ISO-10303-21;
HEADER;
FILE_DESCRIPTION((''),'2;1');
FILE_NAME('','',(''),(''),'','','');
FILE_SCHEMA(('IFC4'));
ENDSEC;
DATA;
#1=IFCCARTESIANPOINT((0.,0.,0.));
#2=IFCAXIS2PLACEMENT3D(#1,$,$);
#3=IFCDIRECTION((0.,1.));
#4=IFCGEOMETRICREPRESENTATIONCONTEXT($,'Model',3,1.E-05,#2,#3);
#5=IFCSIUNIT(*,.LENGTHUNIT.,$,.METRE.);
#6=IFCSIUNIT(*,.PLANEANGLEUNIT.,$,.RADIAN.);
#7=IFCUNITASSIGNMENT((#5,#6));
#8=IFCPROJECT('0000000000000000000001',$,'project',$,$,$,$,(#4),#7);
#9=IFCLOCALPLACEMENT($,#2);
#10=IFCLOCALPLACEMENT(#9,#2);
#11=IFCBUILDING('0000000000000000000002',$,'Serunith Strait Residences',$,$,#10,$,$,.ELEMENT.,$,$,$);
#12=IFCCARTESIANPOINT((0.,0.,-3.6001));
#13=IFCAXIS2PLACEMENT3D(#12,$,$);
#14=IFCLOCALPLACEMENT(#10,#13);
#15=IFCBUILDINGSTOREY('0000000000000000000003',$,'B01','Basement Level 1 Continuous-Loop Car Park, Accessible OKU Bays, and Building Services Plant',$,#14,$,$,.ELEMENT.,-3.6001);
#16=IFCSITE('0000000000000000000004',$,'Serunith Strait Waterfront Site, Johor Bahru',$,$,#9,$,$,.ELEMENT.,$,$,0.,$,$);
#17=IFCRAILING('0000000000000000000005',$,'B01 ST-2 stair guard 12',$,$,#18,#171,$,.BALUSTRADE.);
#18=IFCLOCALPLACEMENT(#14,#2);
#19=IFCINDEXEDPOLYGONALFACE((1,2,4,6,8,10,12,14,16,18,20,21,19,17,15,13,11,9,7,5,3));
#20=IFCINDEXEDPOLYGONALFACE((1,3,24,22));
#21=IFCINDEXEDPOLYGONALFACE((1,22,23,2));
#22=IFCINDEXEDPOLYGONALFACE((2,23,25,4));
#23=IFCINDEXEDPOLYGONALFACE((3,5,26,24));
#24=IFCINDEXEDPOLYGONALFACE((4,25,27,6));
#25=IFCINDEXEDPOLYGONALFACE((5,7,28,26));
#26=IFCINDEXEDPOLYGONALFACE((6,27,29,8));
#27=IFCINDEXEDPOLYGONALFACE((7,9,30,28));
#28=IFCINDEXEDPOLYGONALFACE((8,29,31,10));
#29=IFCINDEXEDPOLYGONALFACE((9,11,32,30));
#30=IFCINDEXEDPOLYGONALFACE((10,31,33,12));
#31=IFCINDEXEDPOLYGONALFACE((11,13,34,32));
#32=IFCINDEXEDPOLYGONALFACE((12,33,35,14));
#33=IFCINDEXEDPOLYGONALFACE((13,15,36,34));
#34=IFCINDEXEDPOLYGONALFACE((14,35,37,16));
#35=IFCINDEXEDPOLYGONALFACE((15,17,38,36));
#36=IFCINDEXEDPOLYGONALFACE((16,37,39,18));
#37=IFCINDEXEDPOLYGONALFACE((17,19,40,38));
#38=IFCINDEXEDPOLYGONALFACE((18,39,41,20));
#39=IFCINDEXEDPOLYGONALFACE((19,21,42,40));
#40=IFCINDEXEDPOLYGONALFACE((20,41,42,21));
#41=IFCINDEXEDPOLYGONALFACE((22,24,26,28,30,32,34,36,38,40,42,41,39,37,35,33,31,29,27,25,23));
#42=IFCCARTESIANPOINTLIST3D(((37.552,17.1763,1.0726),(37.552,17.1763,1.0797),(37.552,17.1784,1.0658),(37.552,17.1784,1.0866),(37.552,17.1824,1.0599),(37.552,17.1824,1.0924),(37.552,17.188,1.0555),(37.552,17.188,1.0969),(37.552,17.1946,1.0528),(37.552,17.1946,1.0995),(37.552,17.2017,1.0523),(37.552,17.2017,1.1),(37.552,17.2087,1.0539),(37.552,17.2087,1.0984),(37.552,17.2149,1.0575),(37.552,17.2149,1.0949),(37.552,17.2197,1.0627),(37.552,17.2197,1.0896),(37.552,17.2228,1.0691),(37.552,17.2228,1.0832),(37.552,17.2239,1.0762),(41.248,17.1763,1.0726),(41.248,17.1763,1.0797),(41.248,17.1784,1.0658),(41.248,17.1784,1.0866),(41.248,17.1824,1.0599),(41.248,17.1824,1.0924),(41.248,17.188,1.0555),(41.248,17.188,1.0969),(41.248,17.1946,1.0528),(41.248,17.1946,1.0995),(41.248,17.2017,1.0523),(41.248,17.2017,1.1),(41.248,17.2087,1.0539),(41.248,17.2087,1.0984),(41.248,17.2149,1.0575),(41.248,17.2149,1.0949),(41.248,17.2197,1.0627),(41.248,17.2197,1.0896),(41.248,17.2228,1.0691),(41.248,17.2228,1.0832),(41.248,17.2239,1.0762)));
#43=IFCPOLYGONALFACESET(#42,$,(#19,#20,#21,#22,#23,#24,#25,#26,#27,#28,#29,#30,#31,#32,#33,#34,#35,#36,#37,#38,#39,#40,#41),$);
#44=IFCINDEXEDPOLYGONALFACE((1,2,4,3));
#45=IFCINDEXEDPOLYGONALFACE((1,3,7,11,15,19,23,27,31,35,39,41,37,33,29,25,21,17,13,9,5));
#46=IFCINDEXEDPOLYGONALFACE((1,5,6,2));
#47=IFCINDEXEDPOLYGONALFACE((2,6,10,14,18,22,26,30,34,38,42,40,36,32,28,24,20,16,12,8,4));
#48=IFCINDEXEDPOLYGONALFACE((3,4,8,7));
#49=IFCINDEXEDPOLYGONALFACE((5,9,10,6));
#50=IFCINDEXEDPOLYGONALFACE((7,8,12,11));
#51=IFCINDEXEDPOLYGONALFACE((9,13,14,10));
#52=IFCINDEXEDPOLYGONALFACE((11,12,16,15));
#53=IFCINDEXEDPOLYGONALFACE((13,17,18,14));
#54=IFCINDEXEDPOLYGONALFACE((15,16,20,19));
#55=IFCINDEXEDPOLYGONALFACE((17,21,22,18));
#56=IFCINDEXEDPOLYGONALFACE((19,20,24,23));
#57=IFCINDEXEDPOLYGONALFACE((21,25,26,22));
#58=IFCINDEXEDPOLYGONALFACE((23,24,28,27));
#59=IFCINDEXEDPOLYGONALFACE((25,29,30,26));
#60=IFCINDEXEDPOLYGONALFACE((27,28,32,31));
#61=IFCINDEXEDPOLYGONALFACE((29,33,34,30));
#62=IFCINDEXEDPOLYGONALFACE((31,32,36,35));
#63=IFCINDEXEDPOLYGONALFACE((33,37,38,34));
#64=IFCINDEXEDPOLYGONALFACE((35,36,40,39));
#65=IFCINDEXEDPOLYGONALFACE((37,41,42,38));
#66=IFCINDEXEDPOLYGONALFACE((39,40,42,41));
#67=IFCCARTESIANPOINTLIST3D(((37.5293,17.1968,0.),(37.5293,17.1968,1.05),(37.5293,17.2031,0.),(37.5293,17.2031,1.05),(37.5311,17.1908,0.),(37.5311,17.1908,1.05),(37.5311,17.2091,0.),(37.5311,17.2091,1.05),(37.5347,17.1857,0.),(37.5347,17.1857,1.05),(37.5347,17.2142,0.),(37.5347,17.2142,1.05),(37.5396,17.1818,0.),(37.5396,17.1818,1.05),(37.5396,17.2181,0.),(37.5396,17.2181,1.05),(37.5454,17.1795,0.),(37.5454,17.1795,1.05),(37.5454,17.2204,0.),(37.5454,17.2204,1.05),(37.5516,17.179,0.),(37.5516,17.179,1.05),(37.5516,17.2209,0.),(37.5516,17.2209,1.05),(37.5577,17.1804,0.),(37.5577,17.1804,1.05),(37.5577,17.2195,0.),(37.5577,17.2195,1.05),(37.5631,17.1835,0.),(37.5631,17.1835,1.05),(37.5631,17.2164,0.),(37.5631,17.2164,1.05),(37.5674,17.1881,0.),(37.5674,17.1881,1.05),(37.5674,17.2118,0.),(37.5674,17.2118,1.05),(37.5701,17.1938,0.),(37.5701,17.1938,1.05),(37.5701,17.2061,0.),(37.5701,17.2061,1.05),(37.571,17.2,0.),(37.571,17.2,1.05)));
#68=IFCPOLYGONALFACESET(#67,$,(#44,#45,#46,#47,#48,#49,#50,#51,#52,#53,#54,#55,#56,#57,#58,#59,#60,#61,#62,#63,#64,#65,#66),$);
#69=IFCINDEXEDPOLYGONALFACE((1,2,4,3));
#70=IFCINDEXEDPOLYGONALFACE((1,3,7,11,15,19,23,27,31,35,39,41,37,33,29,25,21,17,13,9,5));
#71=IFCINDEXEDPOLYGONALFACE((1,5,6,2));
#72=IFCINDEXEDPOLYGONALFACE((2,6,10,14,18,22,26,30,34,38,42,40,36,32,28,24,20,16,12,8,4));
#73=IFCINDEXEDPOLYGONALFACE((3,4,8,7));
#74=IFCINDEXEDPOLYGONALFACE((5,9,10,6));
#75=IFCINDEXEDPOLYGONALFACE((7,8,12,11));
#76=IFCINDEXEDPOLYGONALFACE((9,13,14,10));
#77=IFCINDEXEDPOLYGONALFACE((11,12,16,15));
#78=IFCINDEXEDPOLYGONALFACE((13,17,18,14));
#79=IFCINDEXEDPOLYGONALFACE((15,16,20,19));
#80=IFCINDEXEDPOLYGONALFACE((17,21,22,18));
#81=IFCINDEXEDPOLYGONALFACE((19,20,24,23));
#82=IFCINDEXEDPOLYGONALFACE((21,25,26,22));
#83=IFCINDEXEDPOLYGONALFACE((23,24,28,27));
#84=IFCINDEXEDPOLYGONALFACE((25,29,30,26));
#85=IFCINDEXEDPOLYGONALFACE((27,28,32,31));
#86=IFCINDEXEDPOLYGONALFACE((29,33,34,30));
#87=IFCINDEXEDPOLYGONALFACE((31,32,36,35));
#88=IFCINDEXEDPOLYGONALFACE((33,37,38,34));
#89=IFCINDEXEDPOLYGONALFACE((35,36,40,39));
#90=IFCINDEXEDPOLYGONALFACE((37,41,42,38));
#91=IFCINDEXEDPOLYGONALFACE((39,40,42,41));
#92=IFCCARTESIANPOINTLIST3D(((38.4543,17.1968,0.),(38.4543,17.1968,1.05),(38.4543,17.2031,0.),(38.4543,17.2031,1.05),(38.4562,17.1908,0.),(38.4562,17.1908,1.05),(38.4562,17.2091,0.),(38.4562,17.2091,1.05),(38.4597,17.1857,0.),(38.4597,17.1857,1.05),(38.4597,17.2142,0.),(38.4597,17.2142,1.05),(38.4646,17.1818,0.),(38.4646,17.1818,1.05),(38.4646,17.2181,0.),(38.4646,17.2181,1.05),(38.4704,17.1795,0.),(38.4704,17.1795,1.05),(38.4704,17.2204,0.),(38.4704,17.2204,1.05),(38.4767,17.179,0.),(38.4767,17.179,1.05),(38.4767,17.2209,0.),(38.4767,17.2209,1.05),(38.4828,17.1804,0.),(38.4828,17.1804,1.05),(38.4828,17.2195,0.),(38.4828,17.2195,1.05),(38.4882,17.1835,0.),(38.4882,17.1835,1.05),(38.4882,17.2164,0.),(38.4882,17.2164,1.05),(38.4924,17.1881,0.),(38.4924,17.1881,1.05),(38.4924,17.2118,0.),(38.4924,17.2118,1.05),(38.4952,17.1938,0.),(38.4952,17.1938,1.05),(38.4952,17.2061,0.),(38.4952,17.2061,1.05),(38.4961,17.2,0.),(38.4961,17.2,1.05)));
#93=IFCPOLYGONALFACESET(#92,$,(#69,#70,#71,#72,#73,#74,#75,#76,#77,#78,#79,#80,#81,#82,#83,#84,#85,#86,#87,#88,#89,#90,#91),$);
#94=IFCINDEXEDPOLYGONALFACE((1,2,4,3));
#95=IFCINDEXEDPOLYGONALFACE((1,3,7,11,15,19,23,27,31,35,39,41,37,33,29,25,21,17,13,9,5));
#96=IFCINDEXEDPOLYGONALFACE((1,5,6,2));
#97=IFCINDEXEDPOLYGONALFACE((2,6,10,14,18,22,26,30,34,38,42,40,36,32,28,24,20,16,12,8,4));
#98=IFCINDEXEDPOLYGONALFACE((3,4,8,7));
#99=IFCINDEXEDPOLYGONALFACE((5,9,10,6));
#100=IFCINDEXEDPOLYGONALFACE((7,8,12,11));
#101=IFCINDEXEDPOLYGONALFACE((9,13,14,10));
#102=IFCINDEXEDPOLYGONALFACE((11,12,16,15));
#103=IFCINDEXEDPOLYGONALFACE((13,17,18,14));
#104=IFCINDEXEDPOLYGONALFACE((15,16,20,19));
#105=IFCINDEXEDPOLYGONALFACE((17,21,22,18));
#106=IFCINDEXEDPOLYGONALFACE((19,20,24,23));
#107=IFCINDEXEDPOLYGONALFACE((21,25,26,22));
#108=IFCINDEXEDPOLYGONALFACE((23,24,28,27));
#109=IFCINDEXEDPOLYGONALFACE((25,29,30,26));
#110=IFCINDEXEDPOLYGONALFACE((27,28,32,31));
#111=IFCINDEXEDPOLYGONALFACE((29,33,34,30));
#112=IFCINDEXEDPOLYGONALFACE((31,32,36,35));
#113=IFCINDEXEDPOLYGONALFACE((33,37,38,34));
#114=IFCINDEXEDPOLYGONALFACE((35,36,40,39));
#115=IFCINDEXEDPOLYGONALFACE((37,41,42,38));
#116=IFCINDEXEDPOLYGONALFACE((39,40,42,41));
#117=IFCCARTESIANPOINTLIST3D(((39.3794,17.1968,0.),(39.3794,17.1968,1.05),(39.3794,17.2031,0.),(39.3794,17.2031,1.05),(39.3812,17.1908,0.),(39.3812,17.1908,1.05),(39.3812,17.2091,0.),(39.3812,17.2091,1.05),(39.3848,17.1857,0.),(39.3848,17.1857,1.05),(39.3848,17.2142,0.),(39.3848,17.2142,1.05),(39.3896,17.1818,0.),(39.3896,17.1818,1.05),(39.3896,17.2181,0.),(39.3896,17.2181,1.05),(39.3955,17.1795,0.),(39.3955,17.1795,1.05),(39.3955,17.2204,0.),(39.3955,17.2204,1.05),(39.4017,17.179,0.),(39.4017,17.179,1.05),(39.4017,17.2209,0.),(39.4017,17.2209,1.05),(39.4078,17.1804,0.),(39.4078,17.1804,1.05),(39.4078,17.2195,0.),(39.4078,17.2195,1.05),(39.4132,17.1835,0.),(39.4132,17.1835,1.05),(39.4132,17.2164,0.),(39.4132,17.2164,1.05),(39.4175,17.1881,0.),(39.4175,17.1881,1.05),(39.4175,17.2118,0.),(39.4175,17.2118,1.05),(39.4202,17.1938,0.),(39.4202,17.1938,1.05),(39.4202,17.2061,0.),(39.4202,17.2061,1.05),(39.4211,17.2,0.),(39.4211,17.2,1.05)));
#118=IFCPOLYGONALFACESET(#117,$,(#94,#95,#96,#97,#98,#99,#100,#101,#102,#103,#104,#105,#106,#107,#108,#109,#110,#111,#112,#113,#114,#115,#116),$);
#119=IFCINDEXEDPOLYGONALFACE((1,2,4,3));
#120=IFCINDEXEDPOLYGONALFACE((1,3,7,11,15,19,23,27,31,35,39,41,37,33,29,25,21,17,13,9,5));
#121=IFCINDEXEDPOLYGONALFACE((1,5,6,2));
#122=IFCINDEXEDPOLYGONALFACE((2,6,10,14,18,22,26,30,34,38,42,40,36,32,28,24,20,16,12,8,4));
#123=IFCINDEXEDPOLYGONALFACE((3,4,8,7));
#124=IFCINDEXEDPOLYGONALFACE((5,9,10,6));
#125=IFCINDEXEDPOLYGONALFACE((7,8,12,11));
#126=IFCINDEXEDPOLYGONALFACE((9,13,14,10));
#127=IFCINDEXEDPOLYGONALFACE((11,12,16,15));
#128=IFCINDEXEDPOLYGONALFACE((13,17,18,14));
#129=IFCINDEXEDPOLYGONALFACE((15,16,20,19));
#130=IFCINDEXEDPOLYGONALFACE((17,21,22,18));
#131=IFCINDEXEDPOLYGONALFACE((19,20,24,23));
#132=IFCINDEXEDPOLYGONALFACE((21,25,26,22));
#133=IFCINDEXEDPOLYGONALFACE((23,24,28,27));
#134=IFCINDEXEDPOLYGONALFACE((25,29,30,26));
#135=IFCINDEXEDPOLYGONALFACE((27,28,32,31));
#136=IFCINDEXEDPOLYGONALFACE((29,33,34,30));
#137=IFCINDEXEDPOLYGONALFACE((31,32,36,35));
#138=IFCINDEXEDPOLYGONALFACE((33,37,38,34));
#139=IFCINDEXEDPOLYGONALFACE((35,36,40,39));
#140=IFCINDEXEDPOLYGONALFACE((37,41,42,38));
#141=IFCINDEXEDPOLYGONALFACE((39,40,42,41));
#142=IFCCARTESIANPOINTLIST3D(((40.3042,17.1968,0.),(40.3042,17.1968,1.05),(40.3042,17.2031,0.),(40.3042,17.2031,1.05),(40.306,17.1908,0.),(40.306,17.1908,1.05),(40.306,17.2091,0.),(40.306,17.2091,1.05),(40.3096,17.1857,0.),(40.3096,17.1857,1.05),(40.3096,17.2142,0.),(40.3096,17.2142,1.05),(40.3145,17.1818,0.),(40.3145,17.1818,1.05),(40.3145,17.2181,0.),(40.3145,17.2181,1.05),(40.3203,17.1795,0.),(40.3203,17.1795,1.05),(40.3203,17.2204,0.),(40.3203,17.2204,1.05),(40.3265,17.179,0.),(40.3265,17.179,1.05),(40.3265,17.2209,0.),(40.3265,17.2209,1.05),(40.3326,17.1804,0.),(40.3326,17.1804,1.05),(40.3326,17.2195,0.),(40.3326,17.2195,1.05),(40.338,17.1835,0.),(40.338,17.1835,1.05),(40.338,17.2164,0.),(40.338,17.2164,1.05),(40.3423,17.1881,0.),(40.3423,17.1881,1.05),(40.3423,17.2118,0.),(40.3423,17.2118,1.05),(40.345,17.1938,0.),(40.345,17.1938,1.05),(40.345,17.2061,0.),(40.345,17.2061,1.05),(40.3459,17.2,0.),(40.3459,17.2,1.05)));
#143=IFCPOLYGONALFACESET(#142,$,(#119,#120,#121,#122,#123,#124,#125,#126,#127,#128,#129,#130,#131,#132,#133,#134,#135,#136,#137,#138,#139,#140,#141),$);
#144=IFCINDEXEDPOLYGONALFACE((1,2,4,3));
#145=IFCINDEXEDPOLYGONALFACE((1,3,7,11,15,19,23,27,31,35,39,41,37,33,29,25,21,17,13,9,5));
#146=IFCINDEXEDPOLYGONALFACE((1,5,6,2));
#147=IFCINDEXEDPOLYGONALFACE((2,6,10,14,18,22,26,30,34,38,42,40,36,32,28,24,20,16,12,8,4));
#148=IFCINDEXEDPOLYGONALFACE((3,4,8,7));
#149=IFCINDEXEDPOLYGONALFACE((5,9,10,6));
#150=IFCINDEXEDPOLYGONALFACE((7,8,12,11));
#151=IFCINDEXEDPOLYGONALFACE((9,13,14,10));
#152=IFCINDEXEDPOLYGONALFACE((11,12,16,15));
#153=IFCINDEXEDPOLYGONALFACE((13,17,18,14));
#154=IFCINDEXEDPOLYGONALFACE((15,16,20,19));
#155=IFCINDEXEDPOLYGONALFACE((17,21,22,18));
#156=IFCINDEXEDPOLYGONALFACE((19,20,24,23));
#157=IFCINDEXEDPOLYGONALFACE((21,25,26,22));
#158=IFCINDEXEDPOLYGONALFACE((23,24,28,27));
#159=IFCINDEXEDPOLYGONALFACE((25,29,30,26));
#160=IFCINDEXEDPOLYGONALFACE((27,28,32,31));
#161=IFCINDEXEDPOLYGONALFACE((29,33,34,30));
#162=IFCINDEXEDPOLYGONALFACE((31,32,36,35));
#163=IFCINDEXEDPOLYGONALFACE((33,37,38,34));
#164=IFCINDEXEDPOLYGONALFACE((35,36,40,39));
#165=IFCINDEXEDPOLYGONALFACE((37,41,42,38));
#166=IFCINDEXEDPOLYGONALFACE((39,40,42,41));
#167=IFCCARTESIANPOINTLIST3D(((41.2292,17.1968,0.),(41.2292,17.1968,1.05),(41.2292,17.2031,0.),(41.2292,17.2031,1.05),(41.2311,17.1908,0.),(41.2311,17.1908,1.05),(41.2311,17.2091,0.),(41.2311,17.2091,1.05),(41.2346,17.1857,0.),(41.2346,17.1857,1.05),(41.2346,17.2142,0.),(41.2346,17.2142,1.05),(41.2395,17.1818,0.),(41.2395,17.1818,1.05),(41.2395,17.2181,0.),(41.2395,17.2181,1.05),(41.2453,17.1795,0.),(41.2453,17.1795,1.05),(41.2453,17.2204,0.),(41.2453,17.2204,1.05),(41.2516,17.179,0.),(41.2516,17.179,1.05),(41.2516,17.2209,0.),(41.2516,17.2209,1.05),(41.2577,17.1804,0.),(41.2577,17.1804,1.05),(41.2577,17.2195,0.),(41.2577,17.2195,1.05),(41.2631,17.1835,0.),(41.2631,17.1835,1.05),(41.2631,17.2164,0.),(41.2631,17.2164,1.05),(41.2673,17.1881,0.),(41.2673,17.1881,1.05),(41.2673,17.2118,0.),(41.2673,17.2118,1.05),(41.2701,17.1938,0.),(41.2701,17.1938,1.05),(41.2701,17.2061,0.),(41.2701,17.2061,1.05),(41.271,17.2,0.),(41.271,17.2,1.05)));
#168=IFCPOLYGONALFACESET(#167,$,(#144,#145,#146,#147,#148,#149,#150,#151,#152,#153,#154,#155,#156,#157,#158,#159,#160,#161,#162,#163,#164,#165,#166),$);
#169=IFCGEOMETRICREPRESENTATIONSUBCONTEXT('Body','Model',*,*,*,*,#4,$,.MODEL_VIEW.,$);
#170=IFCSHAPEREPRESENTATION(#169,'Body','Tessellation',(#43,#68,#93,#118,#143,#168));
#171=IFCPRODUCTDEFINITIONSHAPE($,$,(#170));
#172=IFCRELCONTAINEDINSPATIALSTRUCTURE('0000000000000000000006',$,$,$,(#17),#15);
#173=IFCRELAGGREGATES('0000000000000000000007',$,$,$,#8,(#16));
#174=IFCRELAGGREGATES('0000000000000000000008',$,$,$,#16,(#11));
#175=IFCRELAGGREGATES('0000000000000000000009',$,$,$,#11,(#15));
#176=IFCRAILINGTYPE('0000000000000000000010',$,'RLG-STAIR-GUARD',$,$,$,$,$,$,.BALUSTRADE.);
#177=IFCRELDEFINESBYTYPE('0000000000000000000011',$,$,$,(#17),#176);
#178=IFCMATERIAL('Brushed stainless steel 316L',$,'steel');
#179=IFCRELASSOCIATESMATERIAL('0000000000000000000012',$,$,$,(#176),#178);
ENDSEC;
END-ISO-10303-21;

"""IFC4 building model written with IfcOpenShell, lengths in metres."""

from ifc_helpers import new_model, si_unit, direction, frame, origin, origin_2d, place, context, subcontext, project, spatial, circle, extrude, material, type_object, element, save


model = new_model("IFC4")

# Units and contexts
model_context = context("Model", 3, precision=1e-05, world=origin(), true_north=direction((0.0, 1.0)))
body_context = subcontext(model_context, "Body", "Model", "MODEL_VIEW")
ifc_project = project(units=[si_unit("LENGTHUNIT", "METRE"), si_unit("PLANEANGLEUNIT", "RADIAN")], contexts=[model_context])

# Site, building, storey
site_placement = place(None, origin())
site = spatial("IfcSite", under=ifc_project, at=site_placement, Name="Serunith Strait Waterfront Site, Johor Bahru", CompositionType="ELEMENT", RefElevation=0.0)
building_placement = place(site_placement, origin())
building = spatial("IfcBuilding", under=site, at=building_placement, Name="Serunith Strait Residences", CompositionType="ELEMENT")
storey_placement = place(building_placement, frame((0.0, 0.0, -3.6001)))
storey = spatial("IfcBuildingStorey", under=building, at=storey_placement, Name="B01", Description="Basement Level 1 Continuous-Loop Car Park, Accessible OKU Bays, and Building Services Plant", CompositionType="ELEMENT", Elevation=-3.6001)

# Railing
ifc_material_1 = material(Name="Brushed stainless steel 316L", Category="steel")
railing_type_1 = type_object("IfcRailingType", Name="RLG-STAIR-GUARD", PredefinedType="BALUSTRADE", material=ifc_material_1)
railing_1_placement = place(storey_placement, frame((37.55, 17.2, 0.0)))
element("IfcRailing", 1, at=railing_1_placement, inside=storey, type_object=railing_type_1, Name="B01 ST-2 stair guard 12", PredefinedType="BALUSTRADE", context=body_context, shape_type="SweptSolid", body=[
    extrude(circle(Radius=0.0239, at=origin_2d()), frame((0.002, 0.0, 1.0762), z_axis=(1.0, 0.0, 0.0), x_axis=(0.0, 1.0, 0.0)), (0.0, 0.0, 1.0), 3.696),
    extrude(circle(Radius=0.021, at=origin_2d()), origin(), (0.0, 0.0, 1.0), 1.05),
    extrude(circle(Radius=0.021, at=origin_2d()), frame((0.925, 0.0, 0.0)), (0.0, 0.0, 1.0), 1.05),
    extrude(circle(Radius=0.021, at=origin_2d()), frame((1.8501, 0.0, 0.0)), (0.0, 0.0, 1.0), 1.05),
    extrude(circle(Radius=0.021, at=origin_2d()), frame((2.7749, 0.0, 0.0)), (0.0, 0.0, 1.0), 1.05),
    extrude(circle(Radius=0.021, at=origin_2d()), frame((3.7, 0.0, 0.0)), (0.0, 0.0, 1.0), 1.05),
])

save(model, "model.ifc")
